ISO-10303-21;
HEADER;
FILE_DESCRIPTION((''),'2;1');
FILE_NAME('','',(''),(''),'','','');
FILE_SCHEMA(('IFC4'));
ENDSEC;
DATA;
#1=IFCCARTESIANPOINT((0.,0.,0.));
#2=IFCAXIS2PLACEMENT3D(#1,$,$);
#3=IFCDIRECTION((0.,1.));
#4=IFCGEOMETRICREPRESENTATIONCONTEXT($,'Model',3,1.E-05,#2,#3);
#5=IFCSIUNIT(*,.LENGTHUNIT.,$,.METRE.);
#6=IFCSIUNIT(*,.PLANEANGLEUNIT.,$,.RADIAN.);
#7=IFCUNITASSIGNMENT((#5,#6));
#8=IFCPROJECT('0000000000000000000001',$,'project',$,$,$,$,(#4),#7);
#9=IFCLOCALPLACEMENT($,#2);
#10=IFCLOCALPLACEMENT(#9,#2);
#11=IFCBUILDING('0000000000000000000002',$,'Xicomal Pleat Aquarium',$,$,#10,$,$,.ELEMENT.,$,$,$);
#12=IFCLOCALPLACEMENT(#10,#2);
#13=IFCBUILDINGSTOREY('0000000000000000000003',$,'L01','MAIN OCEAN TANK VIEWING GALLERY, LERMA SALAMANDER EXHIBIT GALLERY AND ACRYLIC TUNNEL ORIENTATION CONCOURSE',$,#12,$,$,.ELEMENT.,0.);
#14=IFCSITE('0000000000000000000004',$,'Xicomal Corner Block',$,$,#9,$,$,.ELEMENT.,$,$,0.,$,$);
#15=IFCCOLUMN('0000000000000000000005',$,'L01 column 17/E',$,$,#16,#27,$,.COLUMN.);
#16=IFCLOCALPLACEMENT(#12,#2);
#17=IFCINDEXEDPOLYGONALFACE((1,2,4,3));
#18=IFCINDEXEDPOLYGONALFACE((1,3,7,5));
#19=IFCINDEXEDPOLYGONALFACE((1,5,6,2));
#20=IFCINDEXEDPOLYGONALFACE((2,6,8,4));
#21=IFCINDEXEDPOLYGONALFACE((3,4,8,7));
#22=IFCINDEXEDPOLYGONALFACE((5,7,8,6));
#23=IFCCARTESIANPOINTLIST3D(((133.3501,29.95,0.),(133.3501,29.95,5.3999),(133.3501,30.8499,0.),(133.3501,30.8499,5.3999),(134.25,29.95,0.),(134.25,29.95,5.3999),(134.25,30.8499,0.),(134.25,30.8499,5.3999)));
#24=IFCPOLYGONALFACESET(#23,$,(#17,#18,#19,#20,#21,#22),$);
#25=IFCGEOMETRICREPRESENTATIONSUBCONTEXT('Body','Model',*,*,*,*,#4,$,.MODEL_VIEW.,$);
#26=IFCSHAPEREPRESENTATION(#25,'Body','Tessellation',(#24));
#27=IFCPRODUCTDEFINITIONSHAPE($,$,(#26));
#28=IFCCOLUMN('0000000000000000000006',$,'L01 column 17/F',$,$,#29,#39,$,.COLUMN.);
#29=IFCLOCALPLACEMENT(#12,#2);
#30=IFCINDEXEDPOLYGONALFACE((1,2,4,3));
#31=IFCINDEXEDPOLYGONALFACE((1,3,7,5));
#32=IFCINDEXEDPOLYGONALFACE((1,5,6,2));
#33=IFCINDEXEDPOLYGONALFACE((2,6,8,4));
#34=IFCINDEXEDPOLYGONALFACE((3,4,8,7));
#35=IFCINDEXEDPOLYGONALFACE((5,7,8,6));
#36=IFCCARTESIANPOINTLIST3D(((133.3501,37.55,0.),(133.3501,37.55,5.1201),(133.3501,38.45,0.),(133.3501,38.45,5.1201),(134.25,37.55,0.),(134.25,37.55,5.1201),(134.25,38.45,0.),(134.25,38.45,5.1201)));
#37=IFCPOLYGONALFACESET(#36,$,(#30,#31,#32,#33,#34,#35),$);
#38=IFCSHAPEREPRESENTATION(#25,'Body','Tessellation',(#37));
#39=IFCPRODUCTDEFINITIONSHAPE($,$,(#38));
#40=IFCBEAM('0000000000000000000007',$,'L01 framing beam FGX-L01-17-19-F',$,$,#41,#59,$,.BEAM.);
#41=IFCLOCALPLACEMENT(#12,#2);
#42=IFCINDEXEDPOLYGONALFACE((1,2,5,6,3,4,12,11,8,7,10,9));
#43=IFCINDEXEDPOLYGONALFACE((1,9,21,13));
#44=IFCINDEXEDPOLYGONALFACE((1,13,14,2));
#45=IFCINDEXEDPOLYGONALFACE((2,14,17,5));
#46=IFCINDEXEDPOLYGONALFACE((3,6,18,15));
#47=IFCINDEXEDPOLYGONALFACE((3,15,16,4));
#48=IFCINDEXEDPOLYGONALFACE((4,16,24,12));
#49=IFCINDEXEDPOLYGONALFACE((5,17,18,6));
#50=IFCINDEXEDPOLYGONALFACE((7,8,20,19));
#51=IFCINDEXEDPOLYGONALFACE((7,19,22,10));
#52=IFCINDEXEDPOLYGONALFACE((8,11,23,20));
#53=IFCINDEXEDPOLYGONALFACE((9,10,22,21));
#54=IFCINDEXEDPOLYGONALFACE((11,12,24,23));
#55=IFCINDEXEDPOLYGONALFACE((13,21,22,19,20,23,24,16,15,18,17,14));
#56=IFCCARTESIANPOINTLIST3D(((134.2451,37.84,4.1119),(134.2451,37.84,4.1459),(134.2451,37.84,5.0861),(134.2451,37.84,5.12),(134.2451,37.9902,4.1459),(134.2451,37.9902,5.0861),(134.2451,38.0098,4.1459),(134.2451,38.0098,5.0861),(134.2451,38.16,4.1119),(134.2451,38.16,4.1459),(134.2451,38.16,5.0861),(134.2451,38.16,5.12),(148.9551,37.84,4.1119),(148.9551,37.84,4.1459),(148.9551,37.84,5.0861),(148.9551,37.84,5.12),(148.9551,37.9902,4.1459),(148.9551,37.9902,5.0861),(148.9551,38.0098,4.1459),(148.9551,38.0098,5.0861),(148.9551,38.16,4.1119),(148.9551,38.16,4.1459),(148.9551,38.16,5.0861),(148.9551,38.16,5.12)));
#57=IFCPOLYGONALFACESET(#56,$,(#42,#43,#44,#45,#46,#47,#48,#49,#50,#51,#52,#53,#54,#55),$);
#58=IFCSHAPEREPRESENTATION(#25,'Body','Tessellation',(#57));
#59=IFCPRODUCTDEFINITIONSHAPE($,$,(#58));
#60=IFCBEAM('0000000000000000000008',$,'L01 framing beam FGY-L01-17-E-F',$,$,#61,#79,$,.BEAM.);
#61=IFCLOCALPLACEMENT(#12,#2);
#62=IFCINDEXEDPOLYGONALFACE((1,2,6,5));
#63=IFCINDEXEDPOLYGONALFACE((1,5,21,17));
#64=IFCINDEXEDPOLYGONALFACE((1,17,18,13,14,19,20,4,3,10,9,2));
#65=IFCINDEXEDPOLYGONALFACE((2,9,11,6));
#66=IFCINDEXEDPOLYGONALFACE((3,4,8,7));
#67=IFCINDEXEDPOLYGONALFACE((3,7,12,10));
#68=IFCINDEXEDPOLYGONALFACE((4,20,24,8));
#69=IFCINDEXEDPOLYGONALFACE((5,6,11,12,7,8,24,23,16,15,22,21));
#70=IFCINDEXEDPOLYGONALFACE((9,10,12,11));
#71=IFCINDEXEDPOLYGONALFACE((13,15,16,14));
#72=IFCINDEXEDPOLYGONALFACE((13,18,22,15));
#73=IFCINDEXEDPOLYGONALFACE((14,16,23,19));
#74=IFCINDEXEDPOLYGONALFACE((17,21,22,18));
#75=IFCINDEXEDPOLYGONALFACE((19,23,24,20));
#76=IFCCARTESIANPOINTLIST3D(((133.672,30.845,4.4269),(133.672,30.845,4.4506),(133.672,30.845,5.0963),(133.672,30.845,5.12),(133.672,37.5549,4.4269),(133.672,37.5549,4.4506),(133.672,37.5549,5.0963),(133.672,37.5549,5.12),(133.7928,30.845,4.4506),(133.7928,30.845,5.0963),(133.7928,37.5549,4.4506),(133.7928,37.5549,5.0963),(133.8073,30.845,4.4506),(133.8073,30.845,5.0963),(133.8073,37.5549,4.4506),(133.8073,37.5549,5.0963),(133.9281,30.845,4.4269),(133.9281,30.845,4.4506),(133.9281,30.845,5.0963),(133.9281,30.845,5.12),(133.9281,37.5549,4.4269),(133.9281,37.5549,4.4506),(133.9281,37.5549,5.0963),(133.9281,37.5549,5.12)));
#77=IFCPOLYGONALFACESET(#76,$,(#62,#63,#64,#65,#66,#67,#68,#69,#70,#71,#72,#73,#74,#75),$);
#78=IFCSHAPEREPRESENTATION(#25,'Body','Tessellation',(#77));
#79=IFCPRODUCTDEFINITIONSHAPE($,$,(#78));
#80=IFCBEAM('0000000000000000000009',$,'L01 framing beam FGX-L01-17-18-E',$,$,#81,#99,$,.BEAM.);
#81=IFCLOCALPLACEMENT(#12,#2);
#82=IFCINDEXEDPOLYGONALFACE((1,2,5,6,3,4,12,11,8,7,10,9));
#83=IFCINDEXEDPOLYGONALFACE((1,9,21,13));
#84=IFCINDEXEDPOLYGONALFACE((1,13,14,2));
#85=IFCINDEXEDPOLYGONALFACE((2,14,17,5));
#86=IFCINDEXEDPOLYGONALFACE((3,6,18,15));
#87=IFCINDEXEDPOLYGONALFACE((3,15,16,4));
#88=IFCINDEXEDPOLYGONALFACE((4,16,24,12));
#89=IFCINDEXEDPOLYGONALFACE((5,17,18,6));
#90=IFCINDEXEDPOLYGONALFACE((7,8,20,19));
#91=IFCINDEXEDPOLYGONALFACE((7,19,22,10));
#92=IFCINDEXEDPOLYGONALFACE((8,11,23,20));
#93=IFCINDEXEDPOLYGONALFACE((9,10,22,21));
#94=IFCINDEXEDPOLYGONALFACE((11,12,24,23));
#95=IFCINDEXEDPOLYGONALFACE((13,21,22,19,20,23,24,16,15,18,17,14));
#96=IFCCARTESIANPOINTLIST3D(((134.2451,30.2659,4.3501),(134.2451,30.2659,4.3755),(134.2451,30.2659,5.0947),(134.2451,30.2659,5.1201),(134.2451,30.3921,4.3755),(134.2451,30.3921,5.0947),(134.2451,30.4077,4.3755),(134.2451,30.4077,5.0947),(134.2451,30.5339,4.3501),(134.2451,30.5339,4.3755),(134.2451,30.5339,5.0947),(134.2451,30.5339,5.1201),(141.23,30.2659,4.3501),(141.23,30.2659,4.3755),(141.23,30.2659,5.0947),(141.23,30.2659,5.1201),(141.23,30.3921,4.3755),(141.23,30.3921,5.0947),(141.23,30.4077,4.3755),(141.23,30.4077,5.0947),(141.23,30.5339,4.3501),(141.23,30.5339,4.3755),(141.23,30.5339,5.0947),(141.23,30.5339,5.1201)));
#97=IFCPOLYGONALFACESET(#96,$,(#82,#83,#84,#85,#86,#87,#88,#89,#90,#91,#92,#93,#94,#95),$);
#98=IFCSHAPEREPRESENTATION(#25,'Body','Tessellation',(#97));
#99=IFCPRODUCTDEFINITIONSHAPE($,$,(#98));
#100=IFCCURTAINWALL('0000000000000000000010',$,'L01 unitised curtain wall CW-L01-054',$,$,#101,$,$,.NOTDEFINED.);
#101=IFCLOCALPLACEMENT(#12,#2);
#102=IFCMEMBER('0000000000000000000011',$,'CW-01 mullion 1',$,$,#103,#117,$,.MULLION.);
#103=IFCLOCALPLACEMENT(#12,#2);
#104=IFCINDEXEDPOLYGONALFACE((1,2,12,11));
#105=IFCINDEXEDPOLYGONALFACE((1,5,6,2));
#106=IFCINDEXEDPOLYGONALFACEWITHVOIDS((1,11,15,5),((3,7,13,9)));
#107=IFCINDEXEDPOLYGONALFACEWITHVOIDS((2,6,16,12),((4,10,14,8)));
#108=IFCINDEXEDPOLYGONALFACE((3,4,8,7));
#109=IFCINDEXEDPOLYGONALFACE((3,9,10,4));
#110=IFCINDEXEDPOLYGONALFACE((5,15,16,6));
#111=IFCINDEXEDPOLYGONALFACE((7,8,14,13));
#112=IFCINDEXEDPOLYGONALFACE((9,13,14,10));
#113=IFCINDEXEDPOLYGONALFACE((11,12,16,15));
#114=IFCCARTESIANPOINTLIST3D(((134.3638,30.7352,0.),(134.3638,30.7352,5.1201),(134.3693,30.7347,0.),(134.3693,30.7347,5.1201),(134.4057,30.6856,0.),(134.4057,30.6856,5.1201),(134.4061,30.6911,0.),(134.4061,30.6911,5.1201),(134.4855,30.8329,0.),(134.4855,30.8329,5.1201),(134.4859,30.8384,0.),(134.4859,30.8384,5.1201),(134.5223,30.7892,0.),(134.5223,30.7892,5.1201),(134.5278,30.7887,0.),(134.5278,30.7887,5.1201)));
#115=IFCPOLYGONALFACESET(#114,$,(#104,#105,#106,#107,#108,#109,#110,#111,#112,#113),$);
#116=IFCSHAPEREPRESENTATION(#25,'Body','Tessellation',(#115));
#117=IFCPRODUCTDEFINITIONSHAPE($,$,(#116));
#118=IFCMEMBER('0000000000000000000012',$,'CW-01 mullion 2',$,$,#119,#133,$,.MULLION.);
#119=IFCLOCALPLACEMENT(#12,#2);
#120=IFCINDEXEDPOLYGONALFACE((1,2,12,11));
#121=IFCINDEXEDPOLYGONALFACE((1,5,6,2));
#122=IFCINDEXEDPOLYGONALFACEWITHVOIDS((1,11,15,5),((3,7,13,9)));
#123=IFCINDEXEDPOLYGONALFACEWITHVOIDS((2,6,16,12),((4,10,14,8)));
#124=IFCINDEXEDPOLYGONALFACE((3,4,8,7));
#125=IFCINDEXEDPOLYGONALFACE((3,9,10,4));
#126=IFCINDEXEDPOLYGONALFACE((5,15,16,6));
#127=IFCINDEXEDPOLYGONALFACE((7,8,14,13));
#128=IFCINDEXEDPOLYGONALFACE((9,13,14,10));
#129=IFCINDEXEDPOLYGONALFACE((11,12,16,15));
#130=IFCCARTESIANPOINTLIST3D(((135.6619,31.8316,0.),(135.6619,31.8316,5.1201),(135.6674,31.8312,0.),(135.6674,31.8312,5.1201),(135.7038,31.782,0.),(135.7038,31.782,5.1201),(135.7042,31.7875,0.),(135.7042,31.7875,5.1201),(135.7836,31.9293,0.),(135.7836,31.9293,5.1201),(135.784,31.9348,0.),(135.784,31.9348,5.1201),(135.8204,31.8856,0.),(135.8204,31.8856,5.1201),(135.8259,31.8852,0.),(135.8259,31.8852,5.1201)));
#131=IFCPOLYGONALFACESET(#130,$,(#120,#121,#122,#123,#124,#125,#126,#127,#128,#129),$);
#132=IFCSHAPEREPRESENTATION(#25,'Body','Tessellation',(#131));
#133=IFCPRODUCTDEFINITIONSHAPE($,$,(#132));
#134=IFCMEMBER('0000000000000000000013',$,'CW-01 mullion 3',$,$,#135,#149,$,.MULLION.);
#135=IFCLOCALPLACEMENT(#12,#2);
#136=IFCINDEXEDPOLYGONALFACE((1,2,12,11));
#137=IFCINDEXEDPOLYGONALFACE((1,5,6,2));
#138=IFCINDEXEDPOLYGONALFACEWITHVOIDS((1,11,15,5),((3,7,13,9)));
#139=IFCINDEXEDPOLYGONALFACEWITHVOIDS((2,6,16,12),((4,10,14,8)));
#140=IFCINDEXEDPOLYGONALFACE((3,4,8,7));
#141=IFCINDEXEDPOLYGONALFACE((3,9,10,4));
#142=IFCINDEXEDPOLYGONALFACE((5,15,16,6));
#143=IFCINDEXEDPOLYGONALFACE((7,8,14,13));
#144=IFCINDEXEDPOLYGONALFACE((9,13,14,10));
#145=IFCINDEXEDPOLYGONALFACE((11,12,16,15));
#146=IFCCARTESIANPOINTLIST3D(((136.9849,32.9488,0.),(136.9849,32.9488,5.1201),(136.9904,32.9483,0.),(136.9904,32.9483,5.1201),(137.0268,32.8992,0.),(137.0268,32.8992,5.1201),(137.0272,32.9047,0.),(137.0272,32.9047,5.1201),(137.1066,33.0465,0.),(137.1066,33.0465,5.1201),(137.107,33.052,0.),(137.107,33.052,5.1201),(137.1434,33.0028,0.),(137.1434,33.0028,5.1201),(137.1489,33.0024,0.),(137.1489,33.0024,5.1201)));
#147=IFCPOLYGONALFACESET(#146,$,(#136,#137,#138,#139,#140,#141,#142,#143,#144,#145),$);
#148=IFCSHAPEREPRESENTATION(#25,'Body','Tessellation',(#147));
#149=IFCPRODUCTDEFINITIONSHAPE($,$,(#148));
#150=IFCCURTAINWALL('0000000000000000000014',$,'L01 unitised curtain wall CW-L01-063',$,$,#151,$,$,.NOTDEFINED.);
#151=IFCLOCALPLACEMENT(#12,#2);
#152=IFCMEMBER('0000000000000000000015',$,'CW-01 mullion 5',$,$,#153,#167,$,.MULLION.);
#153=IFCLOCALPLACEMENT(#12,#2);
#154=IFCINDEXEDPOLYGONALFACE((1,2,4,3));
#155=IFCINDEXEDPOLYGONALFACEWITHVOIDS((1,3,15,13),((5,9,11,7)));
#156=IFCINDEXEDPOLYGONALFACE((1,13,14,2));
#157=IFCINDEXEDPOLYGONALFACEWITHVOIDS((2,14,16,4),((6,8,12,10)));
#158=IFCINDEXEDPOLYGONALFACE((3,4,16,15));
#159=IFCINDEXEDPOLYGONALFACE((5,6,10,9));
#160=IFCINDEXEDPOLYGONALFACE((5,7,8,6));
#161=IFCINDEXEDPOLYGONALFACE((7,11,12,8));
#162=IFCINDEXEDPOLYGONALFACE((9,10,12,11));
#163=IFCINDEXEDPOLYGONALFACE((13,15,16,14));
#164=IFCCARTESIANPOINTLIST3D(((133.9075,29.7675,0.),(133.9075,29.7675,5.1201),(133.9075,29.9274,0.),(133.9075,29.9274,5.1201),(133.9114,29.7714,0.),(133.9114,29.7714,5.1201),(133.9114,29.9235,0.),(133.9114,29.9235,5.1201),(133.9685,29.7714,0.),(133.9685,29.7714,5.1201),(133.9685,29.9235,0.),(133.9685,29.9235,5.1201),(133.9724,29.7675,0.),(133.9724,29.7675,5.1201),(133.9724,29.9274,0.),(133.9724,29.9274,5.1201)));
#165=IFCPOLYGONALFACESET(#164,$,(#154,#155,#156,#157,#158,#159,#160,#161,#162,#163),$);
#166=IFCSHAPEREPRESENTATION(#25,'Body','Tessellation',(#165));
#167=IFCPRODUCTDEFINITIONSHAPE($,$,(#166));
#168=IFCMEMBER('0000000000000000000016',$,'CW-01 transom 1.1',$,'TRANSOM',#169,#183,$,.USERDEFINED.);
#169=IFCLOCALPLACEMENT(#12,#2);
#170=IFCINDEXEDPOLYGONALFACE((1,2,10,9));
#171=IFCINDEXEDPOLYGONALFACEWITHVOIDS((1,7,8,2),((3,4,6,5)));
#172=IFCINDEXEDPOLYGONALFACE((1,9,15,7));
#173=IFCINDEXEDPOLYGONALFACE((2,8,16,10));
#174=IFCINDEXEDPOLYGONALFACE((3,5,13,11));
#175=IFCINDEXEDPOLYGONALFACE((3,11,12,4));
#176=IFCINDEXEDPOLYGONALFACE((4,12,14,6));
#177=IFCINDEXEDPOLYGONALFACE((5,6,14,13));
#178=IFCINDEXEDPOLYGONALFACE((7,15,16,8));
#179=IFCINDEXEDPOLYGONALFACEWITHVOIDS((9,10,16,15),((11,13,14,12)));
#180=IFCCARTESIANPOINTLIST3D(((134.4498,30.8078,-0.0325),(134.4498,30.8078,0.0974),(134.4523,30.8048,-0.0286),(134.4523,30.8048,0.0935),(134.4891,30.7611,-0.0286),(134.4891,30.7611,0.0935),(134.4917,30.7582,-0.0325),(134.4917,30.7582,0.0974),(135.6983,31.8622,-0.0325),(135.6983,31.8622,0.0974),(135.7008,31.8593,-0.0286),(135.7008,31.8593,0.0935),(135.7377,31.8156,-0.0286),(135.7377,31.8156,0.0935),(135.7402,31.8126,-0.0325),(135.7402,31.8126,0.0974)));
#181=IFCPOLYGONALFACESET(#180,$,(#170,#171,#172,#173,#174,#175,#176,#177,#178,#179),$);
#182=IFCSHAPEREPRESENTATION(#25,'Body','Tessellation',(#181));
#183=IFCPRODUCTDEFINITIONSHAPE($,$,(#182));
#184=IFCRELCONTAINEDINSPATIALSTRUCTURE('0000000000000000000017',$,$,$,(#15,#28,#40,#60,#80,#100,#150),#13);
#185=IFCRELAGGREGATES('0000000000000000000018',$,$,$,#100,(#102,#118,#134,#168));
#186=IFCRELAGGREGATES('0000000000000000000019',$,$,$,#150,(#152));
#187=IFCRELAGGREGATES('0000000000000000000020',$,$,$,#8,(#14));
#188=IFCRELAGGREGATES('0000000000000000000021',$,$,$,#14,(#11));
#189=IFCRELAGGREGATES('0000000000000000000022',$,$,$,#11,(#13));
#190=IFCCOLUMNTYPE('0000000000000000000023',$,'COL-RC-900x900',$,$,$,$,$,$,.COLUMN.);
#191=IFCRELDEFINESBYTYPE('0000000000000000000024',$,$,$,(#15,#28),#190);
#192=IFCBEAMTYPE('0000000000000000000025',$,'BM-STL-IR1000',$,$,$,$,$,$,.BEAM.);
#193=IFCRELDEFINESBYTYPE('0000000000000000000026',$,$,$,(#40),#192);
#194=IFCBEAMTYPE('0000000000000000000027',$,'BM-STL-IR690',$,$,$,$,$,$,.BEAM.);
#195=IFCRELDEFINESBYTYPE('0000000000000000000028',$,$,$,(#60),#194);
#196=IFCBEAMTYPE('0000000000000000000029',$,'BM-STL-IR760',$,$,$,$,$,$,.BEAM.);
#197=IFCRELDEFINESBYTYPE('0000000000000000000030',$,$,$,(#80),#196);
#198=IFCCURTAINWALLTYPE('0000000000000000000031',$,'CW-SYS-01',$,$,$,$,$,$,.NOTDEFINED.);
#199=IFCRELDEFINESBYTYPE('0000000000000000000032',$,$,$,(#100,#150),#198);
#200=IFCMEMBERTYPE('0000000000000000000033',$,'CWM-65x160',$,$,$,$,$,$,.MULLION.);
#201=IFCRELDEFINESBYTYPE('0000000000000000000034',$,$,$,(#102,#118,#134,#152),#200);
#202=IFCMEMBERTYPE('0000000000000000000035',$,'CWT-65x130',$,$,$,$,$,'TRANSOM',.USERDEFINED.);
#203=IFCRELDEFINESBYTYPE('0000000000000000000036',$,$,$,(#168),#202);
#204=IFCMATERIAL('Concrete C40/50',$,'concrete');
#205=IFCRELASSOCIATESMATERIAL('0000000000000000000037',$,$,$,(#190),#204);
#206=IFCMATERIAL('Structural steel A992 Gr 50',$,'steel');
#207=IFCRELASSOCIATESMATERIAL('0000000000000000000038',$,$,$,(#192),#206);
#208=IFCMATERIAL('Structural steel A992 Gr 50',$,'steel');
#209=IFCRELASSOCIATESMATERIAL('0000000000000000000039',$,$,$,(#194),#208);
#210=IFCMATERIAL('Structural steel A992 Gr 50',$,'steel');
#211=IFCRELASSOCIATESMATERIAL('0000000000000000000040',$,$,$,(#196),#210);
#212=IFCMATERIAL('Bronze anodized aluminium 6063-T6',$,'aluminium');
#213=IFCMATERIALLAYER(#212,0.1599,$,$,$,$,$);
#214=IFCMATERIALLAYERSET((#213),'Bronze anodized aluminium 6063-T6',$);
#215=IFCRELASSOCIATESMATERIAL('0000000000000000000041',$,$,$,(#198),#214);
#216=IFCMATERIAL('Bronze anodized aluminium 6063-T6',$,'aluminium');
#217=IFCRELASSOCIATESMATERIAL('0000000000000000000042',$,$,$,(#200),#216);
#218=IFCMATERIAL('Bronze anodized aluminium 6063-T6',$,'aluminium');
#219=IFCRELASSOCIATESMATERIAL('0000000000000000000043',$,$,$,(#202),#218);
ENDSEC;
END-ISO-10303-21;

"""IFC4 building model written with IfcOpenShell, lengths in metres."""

from ifc_helpers import new_model, si_unit, direction, frame, origin, origin_2d, place, context, subcontext, project, spatial, rectangle, hollow_rectangle, i_section, extrude, material, layer, layer_set, material_profile, profile_set, type_object, element, aggregate, save


model = new_model("IFC4")

# Units and contexts
model_context = context("Model", 3, precision=1e-05, world=origin(), true_north=direction((0.0, 1.0)))
body_context = subcontext(model_context, "Body", "Model", "MODEL_VIEW")
ifc_project = project(units=[si_unit("LENGTHUNIT", "METRE"), si_unit("PLANEANGLEUNIT", "RADIAN")], contexts=[model_context])

# Site, building, storey
site_placement = place(None, origin())
site = spatial("IfcSite", under=ifc_project, at=site_placement, Name="Xicomal Corner Block", CompositionType="ELEMENT", RefElevation=0.0)
building_placement = place(site_placement, origin())
building = spatial("IfcBuilding", under=site, at=building_placement, Name="Xicomal Pleat Aquarium", CompositionType="ELEMENT")
storey_placement = place(building_placement, origin())
storey = spatial("IfcBuildingStorey", under=building, at=storey_placement, Name="L01", Description="MAIN OCEAN TANK VIEWING GALLERY, LERMA SALAMANDER EXHIBIT GALLERY AND ACRYLIC TUNNEL ORIENTATION CONCOURSE", CompositionType="ELEMENT", Elevation=0.0)

# Columns
ifc_material_1 = material(Name="Concrete C40/50", Category="concrete")
ifc_material_profile_1 = material_profile(ifc_material_1, rectangle(XDim=0.8999, YDim=0.8999, at=origin_2d()), Name="RC 900x900")
ifc_profile_set_1 = profile_set([ifc_material_profile_1], Name="Concrete C40/50")
column_type = type_object("IfcColumnType", Name="COL-RC-900x900", PredefinedType="COLUMN", material=ifc_profile_set_1)
column_1_placement = place(storey_placement, frame((133.8, 30.3999, 0.0), z_axis=(0.0, 0.0, 1.0), x_axis=(1.0, 0.0, 0.0)))
element("IfcColumn", 1, at=column_1_placement, inside=storey, type_object=column_type, Name="L01 column 17/E", PredefinedType="COLUMN", context=body_context, shape_type="SweptSolid", body=[
    extrude(rectangle(XDim=0.8999, YDim=0.8999, at=origin_2d()), origin(), (0.0, 0.0, 1.0), 5.3999),
])
column_2_placement = place(storey_placement, frame((133.8, 38.0, 0.0), z_axis=(0.0, 0.0, 1.0), x_axis=(1.0, 0.0, 0.0)))
element("IfcColumn", 2, at=column_2_placement, inside=storey, type_object=column_type, Name="L01 column 17/F", PredefinedType="COLUMN", context=body_context, shape_type="SweptSolid", body=[
    extrude(rectangle(XDim=0.8999, YDim=0.8999, at=origin_2d()), origin(), (0.0, 0.0, 1.0), 5.1201),
])

# Beams
ifc_material_2 = material(Name="Structural steel A992 Gr 50", Category="steel")
ifc_material_profile_2 = material_profile(ifc_material_2, i_section(OverallWidth=0.3201, OverallDepth=1.0081, WebThickness=0.0195, FlangeThickness=0.0339, at=origin_2d()), Name="IR 1000x321")
ifc_profile_set_2 = profile_set([ifc_material_profile_2], Name="Structural steel A992 Gr 50")
beam_type_1 = type_object("IfcBeamType", Name="BM-STL-IR1000", PredefinedType="BEAM", material=ifc_profile_set_2)
beam_1_placement = place(storey_placement, frame((134.2451, 38.0, 4.616), z_axis=(1.0, 0.0, 0.0), x_axis=(0.0, 1.0, 0.0)))
element("IfcBeam", 3, at=beam_1_placement, inside=storey, type_object=beam_type_1, Name="L01 framing beam FGX-L01-17-19-F", PredefinedType="BEAM", context=body_context, shape_type="SweptSolid", body=[
    extrude(i_section(OverallWidth=0.3201, OverallDepth=1.0081, WebThickness=0.0195, FlangeThickness=0.0339, at=origin_2d()), origin(), (0.0, 0.0, 1.0), 14.71),
])
ifc_material_3 = material(Name="Structural steel A992 Gr 50", Category="steel")
ifc_material_profile_3 = material_profile(ifc_material_3, i_section(OverallWidth=0.2561, OverallDepth=0.6931, WebThickness=0.0144, FlangeThickness=0.0237, at=origin_2d()), Name="IR 690x170")
ifc_profile_set_3 = profile_set([ifc_material_profile_3], Name="Structural steel A992 Gr 50")
beam_type_2 = type_object("IfcBeamType", Name="BM-STL-IR690", PredefinedType="BEAM", material=ifc_profile_set_3)
beam_2_placement = place(storey_placement, frame((133.8, 30.845, 4.7734), z_axis=(0.0, 1.0, 0.0), x_axis=(-1.0, 0.0, 0.0)))
element("IfcBeam", 4, at=beam_2_placement, inside=storey, type_object=beam_type_2, Name="L01 framing beam FGY-L01-17-E-F", PredefinedType="BEAM", context=body_context, shape_type="SweptSolid", body=[
    extrude(i_section(OverallWidth=0.2561, OverallDepth=0.6931, WebThickness=0.0144, FlangeThickness=0.0237, at=origin_2d()), origin(), (0.0, 0.0, 1.0), 6.71),
])
ifc_material_4 = material(Name="Structural steel A992 Gr 50", Category="steel")
ifc_material_profile_4 = material_profile(ifc_material_4, i_section(OverallWidth=0.2681, OverallDepth=0.77, WebThickness=0.0156, FlangeThickness=0.0254, at=origin_2d()), Name="IR 760x196")
ifc_profile_set_4 = profile_set([ifc_material_profile_4], Name="Structural steel A992 Gr 50")
beam_type_3 = type_object("IfcBeamType", Name="BM-STL-IR760", PredefinedType="BEAM", material=ifc_profile_set_4)
beam_3_placement = place(storey_placement, frame((134.2451, 30.3999, 4.7351), z_axis=(1.0, 0.0, 0.0), x_axis=(0.0, 1.0, 0.0)))
element("IfcBeam", 5, at=beam_3_placement, inside=storey, type_object=beam_type_3, Name="L01 framing beam FGX-L01-17-18-E", PredefinedType="BEAM", context=body_context, shape_type="SweptSolid", body=[
    extrude(i_section(OverallWidth=0.2681, OverallDepth=0.77, WebThickness=0.0156, FlangeThickness=0.0254, at=origin_2d()), origin(), (0.0, 0.0, 1.0), 6.9849),
])

# Curtain wall, members
ifc_material_5 = material(Name="Bronze anodized aluminium 6063-T6", Category="aluminium")
ifc_layer_1 = layer(ifc_material_5, 0.1599)
ifc_layer_set_1 = layer_set([ifc_layer_1], Name="Bronze anodized aluminium 6063-T6")
curtain_wall_type = type_object("IfcCurtainWallType", Name="CW-SYS-01", PredefinedType="NOTDEFINED", material=ifc_layer_set_1)
curtain_wall_1_placement = place(storey_placement, origin())
curtain_wall_1 = element("IfcCurtainWall", 6, at=curtain_wall_1_placement, inside=storey, type_object=curtain_wall_type, Name="L01 unitised curtain wall CW-L01-054", PredefinedType="NOTDEFINED")
ifc_material_6 = material(Name="Bronze anodized aluminium 6063-T6", Category="aluminium")
ifc_material_profile_5 = material_profile(ifc_material_6, hollow_rectangle(XDim=0.0649, YDim=0.1599, WallThickness=0.0039, at=origin_2d()), Name="ALU MULL 65x160")
ifc_profile_set_5 = profile_set([ifc_material_profile_5], Name="Bronze anodized aluminium 6063-T6")
member_type_1 = type_object("IfcMemberType", Name="CWM-65x160", PredefinedType="MULLION", material=ifc_profile_set_5)
member_1_placement = place(storey_placement, frame((134.4458, 30.762, 0.0), z_axis=(0.0, 0.0, 1.0), x_axis=(-0.645226, 0.763992, 0.0)))
member_1 = element("IfcMember", 7, at=member_1_placement, type_object=member_type_1, Name="CW-01 mullion 1", PredefinedType="MULLION", context=body_context, shape_type="SweptSolid", body=[
    extrude(hollow_rectangle(XDim=0.0649, YDim=0.1599, WallThickness=0.0039, at=origin_2d()), origin(), (0.0, 0.0, 1.0), 5.1201),
])
member_2_placement = place(storey_placement, frame((135.7439, 31.8584, 0.0), z_axis=(0.0, 0.0, 1.0), x_axis=(-0.645226, 0.763992, 0.0)))
member_2 = element("IfcMember", 8, at=member_2_placement, type_object=member_type_1, Name="CW-01 mullion 2", PredefinedType="MULLION", context=body_context, shape_type="SweptSolid", body=[
    extrude(hollow_rectangle(XDim=0.0649, YDim=0.1599, WallThickness=0.0039, at=origin_2d()), origin(), (0.0, 0.0, 1.0), 5.1201),
])
member_3_placement = place(storey_placement, frame((137.0669, 32.9756, 0.0), z_axis=(0.0, 0.0, 1.0), x_axis=(-0.645226, 0.763992, 0.0)))
member_3 = element("IfcMember", 9, at=member_3_placement, type_object=member_type_1, Name="CW-01 mullion 3", PredefinedType="MULLION", context=body_context, shape_type="SweptSolid", body=[
    extrude(hollow_rectangle(XDim=0.0649, YDim=0.1599, WallThickness=0.0039, at=origin_2d()), origin(), (0.0, 0.0, 1.0), 5.1201),
])

# Curtain wall, member
curtain_wall_2_placement = place(storey_placement, origin())
curtain_wall_2 = element("IfcCurtainWall", 10, at=curtain_wall_2_placement, inside=storey, type_object=curtain_wall_type, Name="L01 unitised curtain wall CW-L01-063", PredefinedType="NOTDEFINED")
member_4_placement = place(storey_placement, frame((133.9399, 29.8474, 0.0), z_axis=(0.0, 0.0, 1.0), x_axis=(-1.0, 0.0, 0.0)))
member_4 = element("IfcMember", 11, at=member_4_placement, type_object=member_type_1, Name="CW-01 mullion 5", PredefinedType="MULLION", context=body_context, shape_type="SweptSolid", body=[
    extrude(hollow_rectangle(XDim=0.0649, YDim=0.1599, WallThickness=0.0039, at=origin_2d()), origin(), (0.0, 0.0, 1.0), 5.1201),
])

# Member
ifc_material_7 = material(Name="Bronze anodized aluminium 6063-T6", Category="aluminium")
ifc_material_profile_6 = material_profile(ifc_material_7, hollow_rectangle(XDim=0.0649, YDim=0.1299, WallThickness=0.0039, at=origin_2d()), Name="ALU TRAN 65x130")
ifc_profile_set_6 = profile_set([ifc_material_profile_6], Name="Bronze anodized aluminium 6063-T6")
member_type_2 = type_object("IfcMemberType", Name="CWT-65x130", ElementType="TRANSOM", PredefinedType="USERDEFINED", material=ifc_profile_set_6)
member_5_placement = place(storey_placement, frame((134.4707, 30.783, 0.0325), z_axis=(0.763992, 0.645225, 0.0), x_axis=(-0.645225, 0.763992, 0.0)))
member_5 = element("IfcMember", 12, at=member_5_placement, type_object=member_type_2, Name="CW-01 transom 1.1", ObjectType="TRANSOM", PredefinedType="USERDEFINED", context=body_context, shape_type="SweptSolid", body=[
    extrude(hollow_rectangle(XDim=0.0649, YDim=0.1299, WallThickness=0.0039, at=origin_2d()), origin(), (0.0, 0.0, 1.0), 1.6343),
])

aggregate(curtain_wall_1, [member_1, member_2, member_3, member_5])
aggregate(curtain_wall_2, [member_4])

save(model, "model.ifc")
